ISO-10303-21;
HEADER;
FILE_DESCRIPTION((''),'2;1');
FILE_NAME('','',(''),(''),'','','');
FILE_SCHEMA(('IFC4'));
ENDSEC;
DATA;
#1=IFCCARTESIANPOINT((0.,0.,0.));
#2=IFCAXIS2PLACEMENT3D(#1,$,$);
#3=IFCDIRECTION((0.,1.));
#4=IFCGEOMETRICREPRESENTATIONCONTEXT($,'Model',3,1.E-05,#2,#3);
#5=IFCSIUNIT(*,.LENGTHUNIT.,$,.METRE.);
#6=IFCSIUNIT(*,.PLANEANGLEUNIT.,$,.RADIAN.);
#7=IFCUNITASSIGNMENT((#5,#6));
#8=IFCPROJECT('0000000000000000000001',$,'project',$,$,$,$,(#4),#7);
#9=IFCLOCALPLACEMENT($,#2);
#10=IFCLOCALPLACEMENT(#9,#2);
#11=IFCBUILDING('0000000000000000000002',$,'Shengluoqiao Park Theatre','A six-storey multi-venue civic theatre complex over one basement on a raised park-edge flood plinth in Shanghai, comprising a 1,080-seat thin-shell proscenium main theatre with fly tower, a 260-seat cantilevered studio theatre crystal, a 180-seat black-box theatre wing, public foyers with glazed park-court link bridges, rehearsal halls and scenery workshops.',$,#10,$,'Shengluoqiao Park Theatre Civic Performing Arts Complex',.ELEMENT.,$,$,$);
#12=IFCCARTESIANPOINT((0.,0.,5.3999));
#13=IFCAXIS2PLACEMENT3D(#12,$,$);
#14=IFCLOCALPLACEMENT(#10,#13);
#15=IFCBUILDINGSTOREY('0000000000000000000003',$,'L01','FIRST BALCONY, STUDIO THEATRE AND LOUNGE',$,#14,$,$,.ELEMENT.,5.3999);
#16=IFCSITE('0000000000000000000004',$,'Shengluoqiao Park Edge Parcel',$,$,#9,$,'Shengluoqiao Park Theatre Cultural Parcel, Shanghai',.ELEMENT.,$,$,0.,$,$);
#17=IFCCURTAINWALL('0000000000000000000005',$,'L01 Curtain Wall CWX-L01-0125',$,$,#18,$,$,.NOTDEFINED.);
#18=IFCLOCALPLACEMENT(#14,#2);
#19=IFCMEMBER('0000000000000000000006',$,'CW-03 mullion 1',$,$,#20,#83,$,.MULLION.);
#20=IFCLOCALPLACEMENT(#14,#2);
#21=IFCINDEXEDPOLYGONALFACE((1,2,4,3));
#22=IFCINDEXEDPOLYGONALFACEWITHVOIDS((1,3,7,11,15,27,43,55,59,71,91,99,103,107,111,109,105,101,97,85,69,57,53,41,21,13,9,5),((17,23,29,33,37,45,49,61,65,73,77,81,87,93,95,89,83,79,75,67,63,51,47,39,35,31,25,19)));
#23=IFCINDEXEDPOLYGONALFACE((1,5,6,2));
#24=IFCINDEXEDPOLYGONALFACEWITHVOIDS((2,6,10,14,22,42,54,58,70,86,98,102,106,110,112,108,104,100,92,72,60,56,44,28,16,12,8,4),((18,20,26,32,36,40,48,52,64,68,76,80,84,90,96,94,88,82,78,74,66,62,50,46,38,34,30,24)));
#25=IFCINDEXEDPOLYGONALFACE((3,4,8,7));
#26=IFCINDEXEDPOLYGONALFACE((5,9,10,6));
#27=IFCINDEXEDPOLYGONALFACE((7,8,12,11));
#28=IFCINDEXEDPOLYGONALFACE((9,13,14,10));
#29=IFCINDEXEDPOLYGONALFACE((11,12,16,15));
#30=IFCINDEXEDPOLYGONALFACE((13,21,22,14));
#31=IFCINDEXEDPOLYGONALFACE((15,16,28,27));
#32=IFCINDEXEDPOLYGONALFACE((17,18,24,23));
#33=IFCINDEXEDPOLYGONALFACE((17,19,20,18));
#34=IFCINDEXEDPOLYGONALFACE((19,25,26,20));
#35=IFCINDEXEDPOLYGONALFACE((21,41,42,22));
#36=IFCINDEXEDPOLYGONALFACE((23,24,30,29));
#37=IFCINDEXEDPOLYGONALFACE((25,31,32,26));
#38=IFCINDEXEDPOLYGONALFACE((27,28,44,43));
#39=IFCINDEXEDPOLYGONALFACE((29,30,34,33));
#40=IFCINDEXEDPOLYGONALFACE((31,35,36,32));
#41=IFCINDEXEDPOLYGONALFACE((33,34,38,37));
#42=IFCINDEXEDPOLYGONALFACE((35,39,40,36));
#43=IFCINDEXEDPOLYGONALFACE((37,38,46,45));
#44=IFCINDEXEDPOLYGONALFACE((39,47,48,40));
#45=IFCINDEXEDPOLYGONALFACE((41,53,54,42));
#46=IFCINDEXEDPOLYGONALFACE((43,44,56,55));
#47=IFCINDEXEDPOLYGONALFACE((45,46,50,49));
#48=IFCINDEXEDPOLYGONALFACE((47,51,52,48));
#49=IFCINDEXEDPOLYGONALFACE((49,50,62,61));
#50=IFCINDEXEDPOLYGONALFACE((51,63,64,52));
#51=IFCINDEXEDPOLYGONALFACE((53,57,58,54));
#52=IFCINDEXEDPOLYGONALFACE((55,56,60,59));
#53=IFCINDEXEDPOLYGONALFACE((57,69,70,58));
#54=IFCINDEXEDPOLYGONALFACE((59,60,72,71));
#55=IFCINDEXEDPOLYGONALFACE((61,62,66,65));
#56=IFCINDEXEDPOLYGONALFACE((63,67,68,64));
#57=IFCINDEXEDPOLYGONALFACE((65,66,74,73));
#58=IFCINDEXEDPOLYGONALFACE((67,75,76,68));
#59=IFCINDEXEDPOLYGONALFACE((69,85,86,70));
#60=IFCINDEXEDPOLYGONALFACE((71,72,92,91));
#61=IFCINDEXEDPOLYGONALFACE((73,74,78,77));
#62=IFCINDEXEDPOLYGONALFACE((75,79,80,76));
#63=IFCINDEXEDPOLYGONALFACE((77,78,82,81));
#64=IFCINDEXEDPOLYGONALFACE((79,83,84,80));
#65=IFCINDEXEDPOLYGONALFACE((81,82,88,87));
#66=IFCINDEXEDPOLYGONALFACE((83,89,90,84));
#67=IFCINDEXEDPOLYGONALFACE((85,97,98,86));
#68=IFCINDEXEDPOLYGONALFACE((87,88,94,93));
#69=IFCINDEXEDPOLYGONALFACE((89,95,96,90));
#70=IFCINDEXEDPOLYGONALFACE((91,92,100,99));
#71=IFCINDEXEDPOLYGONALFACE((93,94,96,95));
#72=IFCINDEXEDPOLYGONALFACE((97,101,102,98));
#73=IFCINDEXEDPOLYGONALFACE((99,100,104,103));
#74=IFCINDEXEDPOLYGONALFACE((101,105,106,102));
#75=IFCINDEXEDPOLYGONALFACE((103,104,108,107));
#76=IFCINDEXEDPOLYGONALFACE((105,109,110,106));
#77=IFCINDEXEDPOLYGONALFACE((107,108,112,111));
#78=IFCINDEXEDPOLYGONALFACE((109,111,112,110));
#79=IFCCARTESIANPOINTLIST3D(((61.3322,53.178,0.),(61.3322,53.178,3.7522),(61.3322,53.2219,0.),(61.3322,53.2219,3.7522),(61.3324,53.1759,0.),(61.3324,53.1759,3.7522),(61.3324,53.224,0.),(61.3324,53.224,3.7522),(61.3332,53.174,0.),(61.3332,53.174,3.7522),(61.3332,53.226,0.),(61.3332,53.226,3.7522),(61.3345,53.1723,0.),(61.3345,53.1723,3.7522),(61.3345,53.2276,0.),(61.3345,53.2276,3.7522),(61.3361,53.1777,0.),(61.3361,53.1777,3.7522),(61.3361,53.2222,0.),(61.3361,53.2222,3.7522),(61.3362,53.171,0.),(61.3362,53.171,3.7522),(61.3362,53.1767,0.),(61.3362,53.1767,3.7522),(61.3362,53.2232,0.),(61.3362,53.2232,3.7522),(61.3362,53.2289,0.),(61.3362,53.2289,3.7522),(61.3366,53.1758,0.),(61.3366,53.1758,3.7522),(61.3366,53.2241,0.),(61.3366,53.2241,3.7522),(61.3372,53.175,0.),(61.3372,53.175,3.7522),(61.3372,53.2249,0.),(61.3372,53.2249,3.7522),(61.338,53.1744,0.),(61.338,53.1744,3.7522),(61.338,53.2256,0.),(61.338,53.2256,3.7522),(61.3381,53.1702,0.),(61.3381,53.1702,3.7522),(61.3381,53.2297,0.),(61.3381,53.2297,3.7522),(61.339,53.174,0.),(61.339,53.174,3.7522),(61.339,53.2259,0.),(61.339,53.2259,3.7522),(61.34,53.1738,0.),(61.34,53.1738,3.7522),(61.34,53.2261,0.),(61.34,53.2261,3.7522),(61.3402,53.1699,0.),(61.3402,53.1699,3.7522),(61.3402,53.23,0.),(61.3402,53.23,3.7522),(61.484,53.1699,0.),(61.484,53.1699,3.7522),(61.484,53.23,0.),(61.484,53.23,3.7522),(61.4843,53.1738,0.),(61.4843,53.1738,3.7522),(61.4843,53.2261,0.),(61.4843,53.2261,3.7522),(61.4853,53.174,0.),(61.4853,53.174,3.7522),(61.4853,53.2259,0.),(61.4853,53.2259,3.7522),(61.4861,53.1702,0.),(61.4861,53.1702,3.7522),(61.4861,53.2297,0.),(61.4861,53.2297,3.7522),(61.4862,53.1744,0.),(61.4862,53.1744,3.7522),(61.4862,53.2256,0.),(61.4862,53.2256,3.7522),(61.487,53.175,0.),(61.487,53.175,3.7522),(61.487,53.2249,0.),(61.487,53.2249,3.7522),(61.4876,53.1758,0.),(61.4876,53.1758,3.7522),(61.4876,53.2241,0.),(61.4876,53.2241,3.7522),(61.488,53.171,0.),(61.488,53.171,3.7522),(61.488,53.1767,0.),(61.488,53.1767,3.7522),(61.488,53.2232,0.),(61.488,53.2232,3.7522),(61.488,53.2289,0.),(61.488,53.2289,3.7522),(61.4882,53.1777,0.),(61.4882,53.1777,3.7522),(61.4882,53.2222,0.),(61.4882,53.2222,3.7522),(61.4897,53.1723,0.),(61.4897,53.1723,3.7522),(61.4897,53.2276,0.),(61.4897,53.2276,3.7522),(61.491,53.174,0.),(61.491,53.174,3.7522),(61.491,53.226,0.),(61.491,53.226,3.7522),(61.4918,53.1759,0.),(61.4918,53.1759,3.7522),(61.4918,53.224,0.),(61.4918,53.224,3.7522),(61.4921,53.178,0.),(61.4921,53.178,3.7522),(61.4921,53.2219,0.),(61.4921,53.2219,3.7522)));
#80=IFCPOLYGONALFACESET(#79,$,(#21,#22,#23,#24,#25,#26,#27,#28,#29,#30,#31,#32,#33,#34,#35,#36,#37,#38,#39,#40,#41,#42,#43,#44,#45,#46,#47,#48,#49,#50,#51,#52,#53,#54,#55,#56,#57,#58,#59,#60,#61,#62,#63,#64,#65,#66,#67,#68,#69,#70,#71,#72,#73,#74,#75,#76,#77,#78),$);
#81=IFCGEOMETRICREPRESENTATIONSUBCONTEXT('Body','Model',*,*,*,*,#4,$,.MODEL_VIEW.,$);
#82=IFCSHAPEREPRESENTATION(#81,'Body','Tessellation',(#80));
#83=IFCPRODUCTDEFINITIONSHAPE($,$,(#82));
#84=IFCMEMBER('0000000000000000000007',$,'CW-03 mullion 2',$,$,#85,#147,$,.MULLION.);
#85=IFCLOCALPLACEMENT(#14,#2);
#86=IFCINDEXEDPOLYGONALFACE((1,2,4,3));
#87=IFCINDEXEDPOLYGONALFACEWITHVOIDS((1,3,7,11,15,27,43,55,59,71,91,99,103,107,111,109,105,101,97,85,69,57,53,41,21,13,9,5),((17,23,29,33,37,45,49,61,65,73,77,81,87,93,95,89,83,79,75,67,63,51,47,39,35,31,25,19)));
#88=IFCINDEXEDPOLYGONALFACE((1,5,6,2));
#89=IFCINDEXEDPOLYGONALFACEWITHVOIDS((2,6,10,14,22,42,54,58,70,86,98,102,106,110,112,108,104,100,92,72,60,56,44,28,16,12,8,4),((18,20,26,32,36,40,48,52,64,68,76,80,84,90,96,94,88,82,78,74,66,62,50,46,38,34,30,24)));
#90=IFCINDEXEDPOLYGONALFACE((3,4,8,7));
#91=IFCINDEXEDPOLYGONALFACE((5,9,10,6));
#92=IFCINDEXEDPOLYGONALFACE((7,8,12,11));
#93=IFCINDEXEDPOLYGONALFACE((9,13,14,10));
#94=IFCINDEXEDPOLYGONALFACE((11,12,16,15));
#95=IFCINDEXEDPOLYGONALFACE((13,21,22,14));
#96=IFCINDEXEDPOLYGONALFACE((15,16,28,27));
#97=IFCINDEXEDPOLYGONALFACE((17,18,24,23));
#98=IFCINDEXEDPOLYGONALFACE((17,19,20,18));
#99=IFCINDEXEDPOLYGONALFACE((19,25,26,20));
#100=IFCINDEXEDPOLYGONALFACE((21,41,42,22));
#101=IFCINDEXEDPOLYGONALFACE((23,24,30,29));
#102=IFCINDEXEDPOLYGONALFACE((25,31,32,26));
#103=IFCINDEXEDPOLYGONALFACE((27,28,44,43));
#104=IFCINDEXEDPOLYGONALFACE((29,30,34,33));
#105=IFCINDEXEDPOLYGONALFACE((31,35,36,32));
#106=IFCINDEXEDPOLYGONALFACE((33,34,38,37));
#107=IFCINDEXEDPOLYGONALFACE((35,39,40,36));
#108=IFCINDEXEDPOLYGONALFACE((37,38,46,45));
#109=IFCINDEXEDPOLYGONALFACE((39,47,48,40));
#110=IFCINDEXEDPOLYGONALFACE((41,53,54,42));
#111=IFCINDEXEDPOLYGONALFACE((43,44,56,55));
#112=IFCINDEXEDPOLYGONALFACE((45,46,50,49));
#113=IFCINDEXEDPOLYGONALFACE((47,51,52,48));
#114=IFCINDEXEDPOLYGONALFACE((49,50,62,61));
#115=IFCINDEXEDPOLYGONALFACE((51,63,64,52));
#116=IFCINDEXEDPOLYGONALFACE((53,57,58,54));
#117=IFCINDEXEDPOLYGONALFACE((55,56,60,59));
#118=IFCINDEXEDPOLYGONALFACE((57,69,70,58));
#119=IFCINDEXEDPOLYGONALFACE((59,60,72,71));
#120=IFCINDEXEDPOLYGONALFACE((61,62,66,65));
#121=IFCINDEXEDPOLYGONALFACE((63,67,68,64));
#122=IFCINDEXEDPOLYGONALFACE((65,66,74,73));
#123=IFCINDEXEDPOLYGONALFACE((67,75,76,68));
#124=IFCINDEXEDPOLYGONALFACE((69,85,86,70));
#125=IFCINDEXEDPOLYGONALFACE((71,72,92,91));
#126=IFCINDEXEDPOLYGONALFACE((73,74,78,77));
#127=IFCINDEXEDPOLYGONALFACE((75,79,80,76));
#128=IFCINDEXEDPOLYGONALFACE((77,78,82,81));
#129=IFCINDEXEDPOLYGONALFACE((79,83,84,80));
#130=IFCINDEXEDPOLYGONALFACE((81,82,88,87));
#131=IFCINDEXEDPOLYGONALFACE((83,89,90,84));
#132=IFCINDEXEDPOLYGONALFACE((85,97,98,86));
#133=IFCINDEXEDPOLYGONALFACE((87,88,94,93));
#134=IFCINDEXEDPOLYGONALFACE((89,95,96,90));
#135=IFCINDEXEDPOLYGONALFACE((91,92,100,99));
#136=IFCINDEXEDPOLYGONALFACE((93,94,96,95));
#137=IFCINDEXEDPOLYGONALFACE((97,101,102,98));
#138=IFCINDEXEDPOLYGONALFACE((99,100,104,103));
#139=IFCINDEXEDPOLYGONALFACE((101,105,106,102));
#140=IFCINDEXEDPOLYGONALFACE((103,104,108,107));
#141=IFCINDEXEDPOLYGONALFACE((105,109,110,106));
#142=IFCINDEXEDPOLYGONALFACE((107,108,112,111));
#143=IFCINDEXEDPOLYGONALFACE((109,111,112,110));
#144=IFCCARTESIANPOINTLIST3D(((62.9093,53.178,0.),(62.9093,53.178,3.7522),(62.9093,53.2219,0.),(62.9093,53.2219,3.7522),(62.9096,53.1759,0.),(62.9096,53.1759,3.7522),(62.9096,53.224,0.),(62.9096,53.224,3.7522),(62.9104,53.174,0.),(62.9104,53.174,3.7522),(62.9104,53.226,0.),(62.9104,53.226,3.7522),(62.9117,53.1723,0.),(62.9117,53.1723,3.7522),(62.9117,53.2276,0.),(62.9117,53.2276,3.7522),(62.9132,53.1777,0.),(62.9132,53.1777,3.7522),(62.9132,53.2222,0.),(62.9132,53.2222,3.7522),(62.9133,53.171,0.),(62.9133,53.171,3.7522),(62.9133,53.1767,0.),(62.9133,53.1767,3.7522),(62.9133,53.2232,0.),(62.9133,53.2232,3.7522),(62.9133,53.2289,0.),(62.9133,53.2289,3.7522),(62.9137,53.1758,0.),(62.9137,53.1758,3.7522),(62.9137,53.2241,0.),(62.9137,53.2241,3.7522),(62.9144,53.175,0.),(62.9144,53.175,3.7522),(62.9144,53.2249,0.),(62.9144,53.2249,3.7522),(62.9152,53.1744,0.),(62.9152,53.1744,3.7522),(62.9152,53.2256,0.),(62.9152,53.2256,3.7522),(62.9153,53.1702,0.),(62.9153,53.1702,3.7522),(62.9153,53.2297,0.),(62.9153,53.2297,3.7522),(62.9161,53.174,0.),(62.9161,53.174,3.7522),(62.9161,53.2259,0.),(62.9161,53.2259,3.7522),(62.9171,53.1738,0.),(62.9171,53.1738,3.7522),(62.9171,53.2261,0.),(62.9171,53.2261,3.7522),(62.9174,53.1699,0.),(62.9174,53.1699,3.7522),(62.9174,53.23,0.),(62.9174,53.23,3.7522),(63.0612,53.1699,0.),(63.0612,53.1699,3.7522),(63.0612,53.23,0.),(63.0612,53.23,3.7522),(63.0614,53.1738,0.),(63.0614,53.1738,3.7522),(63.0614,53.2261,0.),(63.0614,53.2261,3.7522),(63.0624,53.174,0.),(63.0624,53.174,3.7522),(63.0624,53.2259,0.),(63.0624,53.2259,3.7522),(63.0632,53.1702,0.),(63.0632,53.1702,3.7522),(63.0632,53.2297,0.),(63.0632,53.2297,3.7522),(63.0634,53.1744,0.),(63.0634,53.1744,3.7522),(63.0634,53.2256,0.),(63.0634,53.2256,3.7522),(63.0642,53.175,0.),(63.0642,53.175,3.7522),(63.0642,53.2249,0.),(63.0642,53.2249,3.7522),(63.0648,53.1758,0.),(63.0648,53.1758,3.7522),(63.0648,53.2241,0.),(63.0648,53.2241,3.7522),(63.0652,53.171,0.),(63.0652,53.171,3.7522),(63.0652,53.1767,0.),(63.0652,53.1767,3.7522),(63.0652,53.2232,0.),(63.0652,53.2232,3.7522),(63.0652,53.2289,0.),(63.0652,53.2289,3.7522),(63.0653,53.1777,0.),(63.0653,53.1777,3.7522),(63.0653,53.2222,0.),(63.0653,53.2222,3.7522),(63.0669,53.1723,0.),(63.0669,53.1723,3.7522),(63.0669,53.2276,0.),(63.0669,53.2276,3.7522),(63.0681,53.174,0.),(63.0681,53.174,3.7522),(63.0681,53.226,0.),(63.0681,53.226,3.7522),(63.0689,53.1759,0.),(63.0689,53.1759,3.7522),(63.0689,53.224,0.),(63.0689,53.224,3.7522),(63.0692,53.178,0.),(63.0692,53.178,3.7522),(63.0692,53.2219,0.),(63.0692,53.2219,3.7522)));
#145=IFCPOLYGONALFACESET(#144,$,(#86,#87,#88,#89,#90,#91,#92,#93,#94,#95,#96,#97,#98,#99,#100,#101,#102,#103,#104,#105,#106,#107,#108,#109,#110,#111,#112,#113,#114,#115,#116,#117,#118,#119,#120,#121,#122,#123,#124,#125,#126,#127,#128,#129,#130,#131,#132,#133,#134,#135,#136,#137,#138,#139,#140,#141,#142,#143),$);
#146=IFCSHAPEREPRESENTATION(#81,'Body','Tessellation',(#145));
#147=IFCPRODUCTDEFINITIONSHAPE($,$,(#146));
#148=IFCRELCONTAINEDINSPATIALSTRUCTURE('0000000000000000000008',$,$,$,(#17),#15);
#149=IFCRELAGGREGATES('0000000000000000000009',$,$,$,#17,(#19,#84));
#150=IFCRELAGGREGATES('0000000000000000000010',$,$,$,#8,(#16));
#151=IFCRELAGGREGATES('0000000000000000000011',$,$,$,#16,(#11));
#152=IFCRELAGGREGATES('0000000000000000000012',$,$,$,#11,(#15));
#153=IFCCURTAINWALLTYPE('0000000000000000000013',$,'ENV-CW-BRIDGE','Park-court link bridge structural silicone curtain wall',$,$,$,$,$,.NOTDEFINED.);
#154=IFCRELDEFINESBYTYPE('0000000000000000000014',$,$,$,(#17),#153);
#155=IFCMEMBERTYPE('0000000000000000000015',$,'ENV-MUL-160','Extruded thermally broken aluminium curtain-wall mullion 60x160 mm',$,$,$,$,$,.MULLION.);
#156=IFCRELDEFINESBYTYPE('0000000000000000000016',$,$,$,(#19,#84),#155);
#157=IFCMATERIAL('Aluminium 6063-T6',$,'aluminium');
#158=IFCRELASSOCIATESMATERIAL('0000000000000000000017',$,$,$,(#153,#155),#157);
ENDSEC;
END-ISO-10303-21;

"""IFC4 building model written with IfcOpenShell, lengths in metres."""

from ifc_helpers import new_model, si_unit, direction, frame, origin, origin_2d, place, context, subcontext, project, spatial, hollow_rectangle, extrude, material, material_profile, profile_set, type_object, element, aggregate, save


model = new_model("IFC4")

# Units and contexts
model_context = context("Model", 3, precision=1e-05, world=origin(), true_north=direction((0.0, 1.0)))
body_context = subcontext(model_context, "Body", "Model", "MODEL_VIEW")
ifc_project = project(units=[si_unit("LENGTHUNIT", "METRE"), si_unit("PLANEANGLEUNIT", "RADIAN")], contexts=[model_context])

# Site, building, storey
site_placement = place(None, origin())
site = spatial("IfcSite", under=ifc_project, at=site_placement, Name="Shengluoqiao Park Edge Parcel", LongName="Shengluoqiao Park Theatre Cultural Parcel, Shanghai", CompositionType="ELEMENT", RefElevation=0.0)
building_placement = place(site_placement, origin())
building = spatial("IfcBuilding", under=site, at=building_placement, Name="Shengluoqiao Park Theatre", Description="A six-storey multi-venue civic theatre complex over one basement on a raised park-edge flood plinth in Shanghai, comprising a 1,080-seat thin-shell proscenium main theatre with fly tower, a 260-seat cantilevered studio theatre crystal, a 180-seat black-box theatre wing, public foyers with glazed park-court link bridges, rehearsal halls and scenery workshops.", LongName="Shengluoqiao Park Theatre Civic Performing Arts Complex", CompositionType="ELEMENT")
storey_placement = place(building_placement, frame((0.0, 0.0, 5.3999)))
storey = spatial("IfcBuildingStorey", under=building, at=storey_placement, Name="L01", Description="FIRST BALCONY, STUDIO THEATRE AND LOUNGE", CompositionType="ELEMENT", Elevation=5.3999)

# Curtain wall, members
ifc_material_1 = material(Name="Aluminium 6063-T6", Category="aluminium")
curtain_wall_type = type_object("IfcCurtainWallType", Name="ENV-CW-BRIDGE", Description="Park-court link bridge structural silicone curtain wall", PredefinedType="NOTDEFINED", material=ifc_material_1)
ifc_material_profile_1 = material_profile(ifc_material_1, hollow_rectangle(XDim=0.0601, YDim=0.1599, WallThickness=0.0039, InnerFilletRadius=0.0039, OuterFilletRadius=0.0081, at=origin_2d()), Name="ALU MULLION 160x60x4")
ifc_profile_set_1 = profile_set([ifc_material_profile_1], Name="Aluminium 6063-T6")
member_type_1 = type_object("IfcMemberType", Name="ENV-MUL-160", Description="Extruded thermally broken aluminium curtain-wall mullion 60x160 mm", PredefinedType="MULLION", material=ifc_profile_set_1)
curtain_wall_1_placement = place(storey_placement, origin())
curtain_wall_1 = element("IfcCurtainWall", 1, at=curtain_wall_1_placement, inside=storey, type_object=curtain_wall_type, Name="L01 Curtain Wall CWX-L01-0125", PredefinedType="NOTDEFINED")
member_1_placement = place(storey_placement, frame((61.4121, 53.2, 0.0), z_axis=(0.0, 0.0, 1.0), x_axis=(0.0, 1.0, 0.0)))
member_1 = element("IfcMember", 2, at=member_1_placement, type_object=member_type_1, Name="CW-03 mullion 1", PredefinedType="MULLION", context=body_context, shape_type="SweptSolid", body=[
    extrude(hollow_rectangle(XDim=0.0601, YDim=0.1599, WallThickness=0.0039, InnerFilletRadius=0.0039, OuterFilletRadius=0.0081, at=origin_2d()), origin(), (0.0, 0.0, 1.0), 3.7522),
])
member_2_placement = place(storey_placement, frame((62.9893, 53.2, 0.0), z_axis=(0.0, 0.0, 1.0), x_axis=(0.0, 1.0, 0.0)))
member_2 = element("IfcMember", 3, at=member_2_placement, type_object=member_type_1, Name="CW-03 mullion 2", PredefinedType="MULLION", context=body_context, shape_type="SweptSolid", body=[
    extrude(hollow_rectangle(XDim=0.0601, YDim=0.1599, WallThickness=0.0039, InnerFilletRadius=0.0039, OuterFilletRadius=0.0081, at=origin_2d()), origin(), (0.0, 0.0, 1.0), 3.7522),
])

aggregate(curtain_wall_1, [member_1, member_2])

save(model, "model.ifc")
